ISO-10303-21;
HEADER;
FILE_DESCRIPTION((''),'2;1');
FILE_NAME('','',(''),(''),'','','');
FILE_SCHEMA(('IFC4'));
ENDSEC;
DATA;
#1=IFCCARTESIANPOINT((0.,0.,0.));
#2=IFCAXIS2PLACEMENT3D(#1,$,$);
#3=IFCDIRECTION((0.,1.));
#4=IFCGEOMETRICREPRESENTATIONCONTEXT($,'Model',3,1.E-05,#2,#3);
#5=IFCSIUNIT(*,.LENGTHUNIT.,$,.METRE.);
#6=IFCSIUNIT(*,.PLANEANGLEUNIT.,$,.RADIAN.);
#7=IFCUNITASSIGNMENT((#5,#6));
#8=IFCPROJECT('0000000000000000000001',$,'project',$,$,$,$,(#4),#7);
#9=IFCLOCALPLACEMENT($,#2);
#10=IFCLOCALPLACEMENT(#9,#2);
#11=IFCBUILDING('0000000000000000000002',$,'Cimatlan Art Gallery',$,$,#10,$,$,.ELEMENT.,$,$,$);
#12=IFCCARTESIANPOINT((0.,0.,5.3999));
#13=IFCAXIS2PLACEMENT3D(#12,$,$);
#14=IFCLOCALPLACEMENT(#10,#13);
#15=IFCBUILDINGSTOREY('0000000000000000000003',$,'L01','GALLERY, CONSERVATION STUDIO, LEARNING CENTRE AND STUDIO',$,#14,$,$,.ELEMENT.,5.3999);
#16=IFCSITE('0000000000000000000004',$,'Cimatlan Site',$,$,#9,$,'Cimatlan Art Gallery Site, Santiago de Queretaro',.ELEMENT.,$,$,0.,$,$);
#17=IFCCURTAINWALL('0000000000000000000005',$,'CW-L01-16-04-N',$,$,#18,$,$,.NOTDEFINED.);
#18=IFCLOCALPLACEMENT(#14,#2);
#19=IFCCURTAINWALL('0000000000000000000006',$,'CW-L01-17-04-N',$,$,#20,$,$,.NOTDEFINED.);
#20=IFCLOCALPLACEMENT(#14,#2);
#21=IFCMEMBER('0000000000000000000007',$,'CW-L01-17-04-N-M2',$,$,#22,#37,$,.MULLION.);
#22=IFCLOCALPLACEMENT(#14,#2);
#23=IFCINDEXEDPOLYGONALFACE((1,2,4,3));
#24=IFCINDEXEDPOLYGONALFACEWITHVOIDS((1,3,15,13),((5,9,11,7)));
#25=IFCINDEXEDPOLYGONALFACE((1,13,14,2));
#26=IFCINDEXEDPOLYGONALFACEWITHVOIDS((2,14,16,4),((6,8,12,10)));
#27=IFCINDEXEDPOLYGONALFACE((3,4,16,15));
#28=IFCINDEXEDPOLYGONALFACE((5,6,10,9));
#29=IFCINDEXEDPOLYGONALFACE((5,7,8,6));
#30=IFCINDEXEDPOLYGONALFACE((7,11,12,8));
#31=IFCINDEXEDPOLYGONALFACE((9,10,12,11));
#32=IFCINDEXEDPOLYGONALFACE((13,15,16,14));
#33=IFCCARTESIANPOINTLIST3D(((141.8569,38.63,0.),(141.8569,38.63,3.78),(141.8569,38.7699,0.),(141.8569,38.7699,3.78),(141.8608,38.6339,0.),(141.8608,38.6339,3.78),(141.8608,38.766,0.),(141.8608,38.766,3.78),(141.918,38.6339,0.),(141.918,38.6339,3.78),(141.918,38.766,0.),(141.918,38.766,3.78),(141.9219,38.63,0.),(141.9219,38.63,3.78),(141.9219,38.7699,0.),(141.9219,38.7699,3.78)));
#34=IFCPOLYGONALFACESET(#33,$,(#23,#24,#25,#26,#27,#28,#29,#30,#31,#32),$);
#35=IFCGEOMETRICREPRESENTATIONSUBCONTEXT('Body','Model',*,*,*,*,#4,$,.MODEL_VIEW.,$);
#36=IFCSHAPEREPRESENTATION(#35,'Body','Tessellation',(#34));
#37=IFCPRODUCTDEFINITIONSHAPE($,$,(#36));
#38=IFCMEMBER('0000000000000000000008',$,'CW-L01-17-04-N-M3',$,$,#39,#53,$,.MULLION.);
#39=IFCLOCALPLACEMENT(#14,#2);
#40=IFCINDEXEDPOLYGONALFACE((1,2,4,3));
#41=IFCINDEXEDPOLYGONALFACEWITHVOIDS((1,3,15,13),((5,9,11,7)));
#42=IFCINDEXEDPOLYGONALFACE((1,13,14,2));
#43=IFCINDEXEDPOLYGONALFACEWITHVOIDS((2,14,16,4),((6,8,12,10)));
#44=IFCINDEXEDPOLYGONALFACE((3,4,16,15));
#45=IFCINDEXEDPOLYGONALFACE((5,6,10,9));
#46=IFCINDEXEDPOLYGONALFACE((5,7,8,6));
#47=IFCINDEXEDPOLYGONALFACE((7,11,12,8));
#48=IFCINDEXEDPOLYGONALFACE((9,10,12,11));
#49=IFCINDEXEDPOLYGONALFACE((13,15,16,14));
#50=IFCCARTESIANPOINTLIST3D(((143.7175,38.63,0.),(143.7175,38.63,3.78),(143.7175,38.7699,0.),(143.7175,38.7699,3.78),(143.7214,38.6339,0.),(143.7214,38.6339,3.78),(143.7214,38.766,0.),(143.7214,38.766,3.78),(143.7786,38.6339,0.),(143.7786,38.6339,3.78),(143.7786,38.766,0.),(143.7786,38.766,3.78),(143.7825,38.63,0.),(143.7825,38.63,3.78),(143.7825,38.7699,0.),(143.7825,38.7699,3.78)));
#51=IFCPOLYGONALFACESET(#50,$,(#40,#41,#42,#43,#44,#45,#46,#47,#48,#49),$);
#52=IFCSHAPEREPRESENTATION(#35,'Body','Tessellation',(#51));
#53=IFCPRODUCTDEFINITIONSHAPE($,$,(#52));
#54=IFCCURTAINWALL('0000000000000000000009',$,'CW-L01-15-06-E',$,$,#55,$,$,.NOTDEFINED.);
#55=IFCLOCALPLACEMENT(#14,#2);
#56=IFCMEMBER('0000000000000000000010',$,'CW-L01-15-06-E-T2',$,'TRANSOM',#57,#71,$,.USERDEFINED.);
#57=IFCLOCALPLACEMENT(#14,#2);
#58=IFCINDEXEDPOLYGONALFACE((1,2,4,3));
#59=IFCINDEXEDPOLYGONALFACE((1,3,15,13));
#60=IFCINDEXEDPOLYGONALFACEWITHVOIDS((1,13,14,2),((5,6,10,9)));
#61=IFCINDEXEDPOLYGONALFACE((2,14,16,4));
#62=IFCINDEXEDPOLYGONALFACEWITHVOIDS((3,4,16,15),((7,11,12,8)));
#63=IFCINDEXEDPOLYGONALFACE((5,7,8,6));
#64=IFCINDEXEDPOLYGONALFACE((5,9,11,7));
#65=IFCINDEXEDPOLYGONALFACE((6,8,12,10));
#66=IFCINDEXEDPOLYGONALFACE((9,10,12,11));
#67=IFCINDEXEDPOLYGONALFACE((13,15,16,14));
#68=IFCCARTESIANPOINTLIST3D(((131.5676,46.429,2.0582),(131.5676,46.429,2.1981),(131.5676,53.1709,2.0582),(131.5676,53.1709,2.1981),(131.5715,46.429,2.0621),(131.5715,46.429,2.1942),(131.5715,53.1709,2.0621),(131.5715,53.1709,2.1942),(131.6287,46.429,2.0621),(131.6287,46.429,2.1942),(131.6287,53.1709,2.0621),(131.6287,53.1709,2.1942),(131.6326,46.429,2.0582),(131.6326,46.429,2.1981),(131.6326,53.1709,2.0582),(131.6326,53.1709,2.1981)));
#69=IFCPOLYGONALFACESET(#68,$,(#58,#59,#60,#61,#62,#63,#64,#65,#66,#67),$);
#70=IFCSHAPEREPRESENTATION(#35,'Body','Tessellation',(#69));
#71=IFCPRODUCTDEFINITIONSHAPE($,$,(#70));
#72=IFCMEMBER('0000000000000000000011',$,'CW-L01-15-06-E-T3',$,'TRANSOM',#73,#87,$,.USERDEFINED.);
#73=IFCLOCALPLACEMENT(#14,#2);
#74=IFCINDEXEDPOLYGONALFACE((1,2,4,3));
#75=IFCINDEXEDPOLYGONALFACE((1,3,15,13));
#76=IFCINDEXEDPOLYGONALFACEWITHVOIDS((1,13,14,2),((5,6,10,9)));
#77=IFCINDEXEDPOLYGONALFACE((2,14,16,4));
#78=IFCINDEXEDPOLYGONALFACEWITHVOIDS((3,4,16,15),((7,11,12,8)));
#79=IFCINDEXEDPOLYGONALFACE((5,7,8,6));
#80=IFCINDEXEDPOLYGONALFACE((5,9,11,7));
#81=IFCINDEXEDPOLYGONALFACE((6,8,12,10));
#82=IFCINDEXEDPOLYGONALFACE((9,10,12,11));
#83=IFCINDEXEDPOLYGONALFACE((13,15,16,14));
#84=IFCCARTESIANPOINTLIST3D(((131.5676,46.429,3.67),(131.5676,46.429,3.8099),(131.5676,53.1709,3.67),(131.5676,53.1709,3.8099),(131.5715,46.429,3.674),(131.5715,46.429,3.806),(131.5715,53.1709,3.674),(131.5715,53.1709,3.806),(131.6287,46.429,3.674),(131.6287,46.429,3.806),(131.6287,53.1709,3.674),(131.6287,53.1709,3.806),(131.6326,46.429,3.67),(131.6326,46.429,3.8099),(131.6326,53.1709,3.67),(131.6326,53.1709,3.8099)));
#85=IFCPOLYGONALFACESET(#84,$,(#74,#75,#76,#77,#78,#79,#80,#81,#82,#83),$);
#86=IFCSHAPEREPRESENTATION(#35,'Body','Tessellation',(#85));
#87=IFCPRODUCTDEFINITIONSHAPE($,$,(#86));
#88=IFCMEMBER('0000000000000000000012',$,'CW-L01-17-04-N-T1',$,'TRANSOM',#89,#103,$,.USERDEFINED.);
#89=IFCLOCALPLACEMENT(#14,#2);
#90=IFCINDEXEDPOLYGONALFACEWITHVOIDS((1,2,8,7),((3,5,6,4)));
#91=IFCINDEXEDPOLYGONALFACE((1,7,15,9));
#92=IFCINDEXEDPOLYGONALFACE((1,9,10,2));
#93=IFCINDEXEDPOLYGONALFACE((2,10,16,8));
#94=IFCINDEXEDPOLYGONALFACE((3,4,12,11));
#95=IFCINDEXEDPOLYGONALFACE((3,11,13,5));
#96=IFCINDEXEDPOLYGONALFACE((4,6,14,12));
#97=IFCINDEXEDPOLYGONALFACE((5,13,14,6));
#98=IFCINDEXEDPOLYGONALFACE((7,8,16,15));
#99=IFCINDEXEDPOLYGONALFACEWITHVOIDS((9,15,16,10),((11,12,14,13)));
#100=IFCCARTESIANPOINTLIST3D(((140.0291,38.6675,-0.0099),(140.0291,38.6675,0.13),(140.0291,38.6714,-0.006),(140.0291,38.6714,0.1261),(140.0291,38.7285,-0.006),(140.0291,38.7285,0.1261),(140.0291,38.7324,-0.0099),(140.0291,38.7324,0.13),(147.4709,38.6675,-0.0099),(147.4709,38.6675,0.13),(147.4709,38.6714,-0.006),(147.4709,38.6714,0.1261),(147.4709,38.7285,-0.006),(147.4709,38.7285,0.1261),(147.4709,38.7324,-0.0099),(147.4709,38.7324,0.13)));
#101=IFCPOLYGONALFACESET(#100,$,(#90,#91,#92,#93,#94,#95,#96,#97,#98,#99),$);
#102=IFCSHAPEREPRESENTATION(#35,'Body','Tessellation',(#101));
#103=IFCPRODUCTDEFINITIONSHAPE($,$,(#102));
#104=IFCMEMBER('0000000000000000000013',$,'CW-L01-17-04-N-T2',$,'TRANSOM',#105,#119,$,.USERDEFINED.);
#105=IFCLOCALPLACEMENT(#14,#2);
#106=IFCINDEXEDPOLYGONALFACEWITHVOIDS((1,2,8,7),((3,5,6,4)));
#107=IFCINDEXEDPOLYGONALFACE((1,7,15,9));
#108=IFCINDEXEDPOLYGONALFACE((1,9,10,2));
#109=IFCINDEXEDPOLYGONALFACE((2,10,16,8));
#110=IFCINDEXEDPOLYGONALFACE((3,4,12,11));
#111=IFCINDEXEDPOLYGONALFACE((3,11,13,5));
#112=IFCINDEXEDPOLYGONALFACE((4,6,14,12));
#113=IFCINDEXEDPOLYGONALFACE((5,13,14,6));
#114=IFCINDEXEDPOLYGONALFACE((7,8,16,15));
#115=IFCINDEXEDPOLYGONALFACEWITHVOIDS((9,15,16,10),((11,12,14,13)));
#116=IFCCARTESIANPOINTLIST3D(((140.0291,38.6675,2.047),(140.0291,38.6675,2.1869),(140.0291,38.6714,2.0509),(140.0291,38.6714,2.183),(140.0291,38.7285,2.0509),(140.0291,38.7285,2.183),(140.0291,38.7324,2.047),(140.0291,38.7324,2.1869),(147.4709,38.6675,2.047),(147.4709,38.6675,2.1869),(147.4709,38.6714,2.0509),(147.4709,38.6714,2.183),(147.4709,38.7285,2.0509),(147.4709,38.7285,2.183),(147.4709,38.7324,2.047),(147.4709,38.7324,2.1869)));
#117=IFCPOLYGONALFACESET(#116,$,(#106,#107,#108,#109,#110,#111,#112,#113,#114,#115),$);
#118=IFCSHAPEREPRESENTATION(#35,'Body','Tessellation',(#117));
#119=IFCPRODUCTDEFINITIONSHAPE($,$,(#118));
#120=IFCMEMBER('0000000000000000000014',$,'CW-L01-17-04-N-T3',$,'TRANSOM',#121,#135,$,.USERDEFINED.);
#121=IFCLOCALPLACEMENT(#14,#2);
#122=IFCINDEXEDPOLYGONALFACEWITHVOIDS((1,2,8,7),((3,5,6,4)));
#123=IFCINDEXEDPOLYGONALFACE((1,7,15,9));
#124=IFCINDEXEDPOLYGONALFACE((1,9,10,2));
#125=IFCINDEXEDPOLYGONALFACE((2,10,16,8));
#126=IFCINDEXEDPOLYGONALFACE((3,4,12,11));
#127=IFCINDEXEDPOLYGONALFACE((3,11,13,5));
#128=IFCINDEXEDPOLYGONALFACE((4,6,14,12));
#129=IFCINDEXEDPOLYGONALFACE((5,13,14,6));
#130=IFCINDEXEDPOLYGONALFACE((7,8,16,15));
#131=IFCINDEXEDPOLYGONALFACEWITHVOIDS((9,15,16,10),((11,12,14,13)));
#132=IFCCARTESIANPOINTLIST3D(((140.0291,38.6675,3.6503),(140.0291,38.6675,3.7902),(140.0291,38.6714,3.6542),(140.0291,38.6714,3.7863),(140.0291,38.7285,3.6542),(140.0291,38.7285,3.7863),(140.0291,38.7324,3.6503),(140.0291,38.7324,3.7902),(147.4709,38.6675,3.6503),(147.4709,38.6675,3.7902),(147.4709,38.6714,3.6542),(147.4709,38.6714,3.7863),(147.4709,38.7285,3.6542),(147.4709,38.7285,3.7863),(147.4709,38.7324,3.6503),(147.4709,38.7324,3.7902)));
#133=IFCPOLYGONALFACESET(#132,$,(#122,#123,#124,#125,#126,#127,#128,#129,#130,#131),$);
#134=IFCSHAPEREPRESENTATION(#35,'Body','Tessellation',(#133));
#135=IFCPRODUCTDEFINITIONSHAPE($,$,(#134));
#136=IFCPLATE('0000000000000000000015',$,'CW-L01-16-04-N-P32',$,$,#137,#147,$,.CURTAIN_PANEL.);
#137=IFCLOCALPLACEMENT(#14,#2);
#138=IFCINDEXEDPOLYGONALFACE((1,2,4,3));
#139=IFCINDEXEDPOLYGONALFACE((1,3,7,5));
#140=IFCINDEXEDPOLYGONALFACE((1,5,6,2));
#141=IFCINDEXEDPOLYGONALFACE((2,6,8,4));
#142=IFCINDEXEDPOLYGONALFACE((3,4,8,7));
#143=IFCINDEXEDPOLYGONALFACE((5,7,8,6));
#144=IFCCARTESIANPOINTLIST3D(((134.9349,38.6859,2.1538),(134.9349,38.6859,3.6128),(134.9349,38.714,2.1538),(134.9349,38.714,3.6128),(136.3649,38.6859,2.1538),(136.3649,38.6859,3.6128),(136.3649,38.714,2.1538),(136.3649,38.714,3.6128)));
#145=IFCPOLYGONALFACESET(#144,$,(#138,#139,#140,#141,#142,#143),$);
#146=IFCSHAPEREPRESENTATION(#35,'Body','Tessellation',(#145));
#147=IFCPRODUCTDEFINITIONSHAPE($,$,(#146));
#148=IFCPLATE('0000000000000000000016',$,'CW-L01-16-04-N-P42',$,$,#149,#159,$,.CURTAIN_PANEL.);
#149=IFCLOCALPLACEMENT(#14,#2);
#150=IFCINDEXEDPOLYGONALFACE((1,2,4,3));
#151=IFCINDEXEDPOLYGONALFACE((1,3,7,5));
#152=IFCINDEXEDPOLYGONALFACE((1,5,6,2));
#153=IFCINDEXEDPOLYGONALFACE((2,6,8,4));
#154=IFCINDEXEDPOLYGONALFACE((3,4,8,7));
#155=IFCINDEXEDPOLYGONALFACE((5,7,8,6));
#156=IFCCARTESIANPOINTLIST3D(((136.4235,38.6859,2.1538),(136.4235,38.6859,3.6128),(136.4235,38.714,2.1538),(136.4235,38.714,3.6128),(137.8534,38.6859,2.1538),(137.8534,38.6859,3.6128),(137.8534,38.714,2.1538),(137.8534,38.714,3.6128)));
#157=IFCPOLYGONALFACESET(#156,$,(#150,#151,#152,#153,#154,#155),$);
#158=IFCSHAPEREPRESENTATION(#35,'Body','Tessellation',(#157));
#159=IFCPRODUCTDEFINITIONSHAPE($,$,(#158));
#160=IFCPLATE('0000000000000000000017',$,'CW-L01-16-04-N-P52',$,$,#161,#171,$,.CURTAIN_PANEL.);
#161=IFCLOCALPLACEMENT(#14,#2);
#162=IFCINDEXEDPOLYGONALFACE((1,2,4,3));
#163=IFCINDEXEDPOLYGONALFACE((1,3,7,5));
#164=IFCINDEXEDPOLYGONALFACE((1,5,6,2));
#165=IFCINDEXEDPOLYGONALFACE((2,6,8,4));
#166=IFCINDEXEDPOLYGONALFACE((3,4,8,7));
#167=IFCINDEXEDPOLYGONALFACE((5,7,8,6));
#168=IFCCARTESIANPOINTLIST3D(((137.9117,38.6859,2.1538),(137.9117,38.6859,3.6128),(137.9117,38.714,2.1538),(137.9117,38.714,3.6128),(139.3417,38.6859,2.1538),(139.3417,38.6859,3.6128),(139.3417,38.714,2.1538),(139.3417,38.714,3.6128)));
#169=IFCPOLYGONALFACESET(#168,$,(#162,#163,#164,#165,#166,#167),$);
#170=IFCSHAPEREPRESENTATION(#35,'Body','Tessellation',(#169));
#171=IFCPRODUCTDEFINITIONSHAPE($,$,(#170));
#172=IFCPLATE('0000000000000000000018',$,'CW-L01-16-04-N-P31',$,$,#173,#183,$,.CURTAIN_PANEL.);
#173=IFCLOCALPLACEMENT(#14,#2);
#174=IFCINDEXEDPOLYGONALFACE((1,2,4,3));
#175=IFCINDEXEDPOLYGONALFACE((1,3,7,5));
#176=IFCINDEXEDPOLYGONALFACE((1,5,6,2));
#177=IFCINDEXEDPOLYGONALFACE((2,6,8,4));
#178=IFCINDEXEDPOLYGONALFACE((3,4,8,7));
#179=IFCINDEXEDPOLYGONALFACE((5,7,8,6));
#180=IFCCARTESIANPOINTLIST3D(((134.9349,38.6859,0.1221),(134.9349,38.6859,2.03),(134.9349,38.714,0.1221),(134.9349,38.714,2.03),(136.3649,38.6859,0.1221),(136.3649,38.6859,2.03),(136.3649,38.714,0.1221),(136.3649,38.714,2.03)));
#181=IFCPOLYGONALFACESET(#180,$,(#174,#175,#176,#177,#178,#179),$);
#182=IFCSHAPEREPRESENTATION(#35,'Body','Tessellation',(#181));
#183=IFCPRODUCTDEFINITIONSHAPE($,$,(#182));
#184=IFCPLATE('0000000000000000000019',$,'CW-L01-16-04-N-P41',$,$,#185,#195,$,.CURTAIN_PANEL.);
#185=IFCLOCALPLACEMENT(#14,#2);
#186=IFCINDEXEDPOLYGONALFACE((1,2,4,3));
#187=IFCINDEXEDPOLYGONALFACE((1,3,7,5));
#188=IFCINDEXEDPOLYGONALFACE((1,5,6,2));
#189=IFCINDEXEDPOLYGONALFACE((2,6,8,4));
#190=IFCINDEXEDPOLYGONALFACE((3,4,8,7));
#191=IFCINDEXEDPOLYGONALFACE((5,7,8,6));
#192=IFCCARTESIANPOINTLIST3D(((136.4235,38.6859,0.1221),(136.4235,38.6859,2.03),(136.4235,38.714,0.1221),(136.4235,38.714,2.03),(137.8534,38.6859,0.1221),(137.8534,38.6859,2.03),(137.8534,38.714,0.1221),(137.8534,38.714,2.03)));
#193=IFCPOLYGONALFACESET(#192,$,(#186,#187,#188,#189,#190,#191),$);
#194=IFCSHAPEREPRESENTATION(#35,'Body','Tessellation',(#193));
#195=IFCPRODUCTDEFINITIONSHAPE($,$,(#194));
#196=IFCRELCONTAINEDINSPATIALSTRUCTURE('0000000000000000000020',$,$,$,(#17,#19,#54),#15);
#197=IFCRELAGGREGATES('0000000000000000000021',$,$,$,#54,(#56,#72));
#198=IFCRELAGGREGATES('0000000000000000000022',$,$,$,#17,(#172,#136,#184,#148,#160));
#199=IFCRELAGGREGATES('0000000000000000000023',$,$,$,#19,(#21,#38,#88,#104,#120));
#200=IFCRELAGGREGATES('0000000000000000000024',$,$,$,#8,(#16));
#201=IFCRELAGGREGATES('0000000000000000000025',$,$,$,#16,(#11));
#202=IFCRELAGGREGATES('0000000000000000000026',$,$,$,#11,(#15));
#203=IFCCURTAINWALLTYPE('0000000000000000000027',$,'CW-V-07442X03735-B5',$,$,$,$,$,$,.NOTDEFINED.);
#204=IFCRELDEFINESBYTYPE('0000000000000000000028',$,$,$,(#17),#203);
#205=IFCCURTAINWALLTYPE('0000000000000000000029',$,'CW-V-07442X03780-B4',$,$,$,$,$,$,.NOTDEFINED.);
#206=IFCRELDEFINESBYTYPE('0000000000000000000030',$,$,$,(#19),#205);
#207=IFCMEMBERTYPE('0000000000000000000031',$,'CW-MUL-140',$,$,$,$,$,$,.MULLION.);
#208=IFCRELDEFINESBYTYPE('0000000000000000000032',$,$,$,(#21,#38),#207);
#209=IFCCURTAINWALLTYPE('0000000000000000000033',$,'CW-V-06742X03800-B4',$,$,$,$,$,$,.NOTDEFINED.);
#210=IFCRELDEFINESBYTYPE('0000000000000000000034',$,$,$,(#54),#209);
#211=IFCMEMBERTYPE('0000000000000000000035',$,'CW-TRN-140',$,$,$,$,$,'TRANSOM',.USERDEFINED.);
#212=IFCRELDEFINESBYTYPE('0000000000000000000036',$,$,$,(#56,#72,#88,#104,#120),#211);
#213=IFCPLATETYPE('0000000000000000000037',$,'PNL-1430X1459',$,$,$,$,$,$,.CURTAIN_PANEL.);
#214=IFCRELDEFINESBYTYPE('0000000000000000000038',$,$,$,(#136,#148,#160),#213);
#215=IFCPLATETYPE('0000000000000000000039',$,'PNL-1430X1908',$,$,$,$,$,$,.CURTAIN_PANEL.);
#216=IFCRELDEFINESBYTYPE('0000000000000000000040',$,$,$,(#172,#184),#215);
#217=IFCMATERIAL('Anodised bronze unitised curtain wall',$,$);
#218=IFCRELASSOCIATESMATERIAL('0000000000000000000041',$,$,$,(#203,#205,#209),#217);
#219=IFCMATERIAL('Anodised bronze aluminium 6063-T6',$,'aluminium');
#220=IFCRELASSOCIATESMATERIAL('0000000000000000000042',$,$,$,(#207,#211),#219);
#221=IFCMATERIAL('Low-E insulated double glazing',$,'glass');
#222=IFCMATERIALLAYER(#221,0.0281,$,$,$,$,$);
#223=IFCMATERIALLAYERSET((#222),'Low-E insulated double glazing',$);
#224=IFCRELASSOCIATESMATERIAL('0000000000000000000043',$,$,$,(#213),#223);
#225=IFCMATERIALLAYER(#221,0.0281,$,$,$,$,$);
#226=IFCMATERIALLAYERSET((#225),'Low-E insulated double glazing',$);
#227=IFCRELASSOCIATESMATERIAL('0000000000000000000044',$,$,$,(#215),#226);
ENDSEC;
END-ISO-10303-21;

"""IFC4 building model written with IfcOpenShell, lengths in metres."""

from ifc_helpers import new_model, si_unit, direction, frame, origin, origin_2d, place, context, subcontext, project, spatial, rectangle, hollow_rectangle, extrude, material, layer, layer_set, material_profile, profile_set, type_object, element, aggregate, save


model = new_model("IFC4")

# Units and contexts
model_context = context("Model", 3, precision=1e-05, world=origin(), true_north=direction((0.0, 1.0)))
body_context = subcontext(model_context, "Body", "Model", "MODEL_VIEW")
ifc_project = project(units=[si_unit("LENGTHUNIT", "METRE"), si_unit("PLANEANGLEUNIT", "RADIAN")], contexts=[model_context])

# Site, building, storey
site_placement = place(None, origin())
site = spatial("IfcSite", under=ifc_project, at=site_placement, Name="Cimatlan Site", LongName="Cimatlan Art Gallery Site, Santiago de Queretaro", CompositionType="ELEMENT", RefElevation=0.0)
building_placement = place(site_placement, origin())
building = spatial("IfcBuilding", under=site, at=building_placement, Name="Cimatlan Art Gallery", CompositionType="ELEMENT")
storey_placement = place(building_placement, frame((0.0, 0.0, 5.3999)))
storey = spatial("IfcBuildingStorey", under=building, at=storey_placement, Name="L01", Description="GALLERY, CONSERVATION STUDIO, LEARNING CENTRE AND STUDIO", CompositionType="ELEMENT", Elevation=5.3999)

# Curtain walls, members
ifc_material_1 = material(Name="Anodised bronze unitised curtain wall")
curtain_wall_type_1 = type_object("IfcCurtainWallType", Name="CW-V-07442X03735-B5", PredefinedType="NOTDEFINED", material=ifc_material_1)
curtain_wall_1_placement = place(storey_placement, origin())
curtain_wall_1 = element("IfcCurtainWall", 1, at=curtain_wall_1_placement, inside=storey, type_object=curtain_wall_type_1, Name="CW-L01-16-04-N", PredefinedType="NOTDEFINED")
ifc_material_2 = material(Name="Anodised bronze aluminium 6063-T6", Category="aluminium")
ifc_material_profile_1 = material_profile(ifc_material_2, hollow_rectangle(XDim=0.0649, YDim=0.1399, WallThickness=0.0039, at=origin_2d()), Name="ALU65X140X4")
ifc_profile_set_1 = profile_set([ifc_material_profile_1], Name="Anodised bronze aluminium 6063-T6")
member_type_1 = type_object("IfcMemberType", Name="CW-MUL-140", PredefinedType="MULLION", material=ifc_profile_set_1)
curtain_wall_type_2 = type_object("IfcCurtainWallType", Name="CW-V-07442X03780-B4", PredefinedType="NOTDEFINED", material=ifc_material_1)
curtain_wall_2_placement = place(storey_placement, origin())
curtain_wall_2 = element("IfcCurtainWall", 2, at=curtain_wall_2_placement, inside=storey, type_object=curtain_wall_type_2, Name="CW-L01-17-04-N", PredefinedType="NOTDEFINED")
member_1_placement = place(storey_placement, frame((141.8894, 38.7, 0.0), z_axis=(0.0, 0.0, 1.0), x_axis=(1.0, 0.0, 0.0)))
member_1 = element("IfcMember", 3, at=member_1_placement, type_object=member_type_1, Name="CW-L01-17-04-N-M2", PredefinedType="MULLION", context=body_context, shape_type="SweptSolid", body=[
    extrude(hollow_rectangle(XDim=0.0649, YDim=0.1399, WallThickness=0.0039, at=origin_2d()), origin(), (0.0, 0.0, 1.0), 3.78),
])
member_2_placement = place(storey_placement, frame((143.75, 38.7, 0.0), z_axis=(0.0, 0.0, 1.0), x_axis=(1.0, 0.0, 0.0)))
member_2 = element("IfcMember", 4, at=member_2_placement, type_object=member_type_1, Name="CW-L01-17-04-N-M3", PredefinedType="MULLION", context=body_context, shape_type="SweptSolid", body=[
    extrude(hollow_rectangle(XDim=0.0649, YDim=0.1399, WallThickness=0.0039, at=origin_2d()), origin(), (0.0, 0.0, 1.0), 3.78),
])
curtain_wall_type_3 = type_object("IfcCurtainWallType", Name="CW-V-06742X03800-B4", PredefinedType="NOTDEFINED", material=ifc_material_1)
curtain_wall_3_placement = place(storey_placement, origin())
curtain_wall_3 = element("IfcCurtainWall", 5, at=curtain_wall_3_placement, inside=storey, type_object=curtain_wall_type_3, Name="CW-L01-15-06-E", PredefinedType="NOTDEFINED")
ifc_material_profile_2 = material_profile(ifc_material_2, hollow_rectangle(XDim=0.0649, YDim=0.1399, WallThickness=0.0039, at=origin_2d()), Name="ALU65X140X4")
ifc_profile_set_2 = profile_set([ifc_material_profile_2], Name="Anodised bronze aluminium 6063-T6")
member_type_2 = type_object("IfcMemberType", Name="CW-TRN-140", ElementType="TRANSOM", PredefinedType="USERDEFINED", material=ifc_profile_set_2)
member_3_placement = place(storey_placement, frame((131.6001, 53.1709, 2.1282), z_axis=(0.0, -1.0, 0.0), x_axis=(1.0, 0.0, 0.0)))
member_3 = element("IfcMember", 6, at=member_3_placement, type_object=member_type_2, Name="CW-L01-15-06-E-T2", ObjectType="TRANSOM", PredefinedType="USERDEFINED", context=body_context, shape_type="SweptSolid", body=[
    extrude(hollow_rectangle(XDim=0.0649, YDim=0.1399, WallThickness=0.0039, at=origin_2d()), origin(), (0.0, 0.0, 1.0), 6.7419),
])
member_4_placement = place(storey_placement, frame((131.6001, 53.1709, 3.74), z_axis=(0.0, -1.0, 0.0), x_axis=(1.0, 0.0, 0.0)))
member_4 = element("IfcMember", 7, at=member_4_placement, type_object=member_type_2, Name="CW-L01-15-06-E-T3", ObjectType="TRANSOM", PredefinedType="USERDEFINED", context=body_context, shape_type="SweptSolid", body=[
    extrude(hollow_rectangle(XDim=0.0649, YDim=0.1399, WallThickness=0.0039, at=origin_2d()), origin(), (0.0, 0.0, 1.0), 6.7419),
])
aggregate(curtain_wall_3, [member_3, member_4])

# Members
member_5_placement = place(storey_placement, frame((140.0291, 38.7, 0.0601), z_axis=(1.0, 0.0, 0.0), x_axis=(0.0, 1.0, 0.0)))
member_5 = element("IfcMember", 8, at=member_5_placement, type_object=member_type_2, Name="CW-L01-17-04-N-T1", ObjectType="TRANSOM", PredefinedType="USERDEFINED", context=body_context, shape_type="SweptSolid", body=[
    extrude(hollow_rectangle(XDim=0.0649, YDim=0.1399, WallThickness=0.0039, at=origin_2d()), origin(), (0.0, 0.0, 1.0), 7.4419),
])
member_6_placement = place(storey_placement, frame((140.0291, 38.7, 2.1169), z_axis=(1.0, 0.0, 0.0), x_axis=(0.0, 1.0, 0.0)))
member_6 = element("IfcMember", 9, at=member_6_placement, type_object=member_type_2, Name="CW-L01-17-04-N-T2", ObjectType="TRANSOM", PredefinedType="USERDEFINED", context=body_context, shape_type="SweptSolid", body=[
    extrude(hollow_rectangle(XDim=0.0649, YDim=0.1399, WallThickness=0.0039, at=origin_2d()), origin(), (0.0, 0.0, 1.0), 7.4419),
])
member_7_placement = place(storey_placement, frame((140.0291, 38.7, 3.7202), z_axis=(1.0, 0.0, 0.0), x_axis=(0.0, 1.0, 0.0)))
member_7 = element("IfcMember", 10, at=member_7_placement, type_object=member_type_2, Name="CW-L01-17-04-N-T3", ObjectType="TRANSOM", PredefinedType="USERDEFINED", context=body_context, shape_type="SweptSolid", body=[
    extrude(hollow_rectangle(XDim=0.0649, YDim=0.1399, WallThickness=0.0039, at=origin_2d()), origin(), (0.0, 0.0, 1.0), 7.4419),
])

# Plates
ifc_material_3 = material(Name="Low-E insulated double glazing", Category="glass")
ifc_layer_1 = layer(ifc_material_3, 0.0281)
ifc_layer_set_1 = layer_set([ifc_layer_1], Name="Low-E insulated double glazing")
plate_type_1 = type_object("IfcPlateType", Name="PNL-1430X1459", PredefinedType="CURTAIN_PANEL", material=ifc_layer_set_1)
plate_1_placement = place(storey_placement, frame((135.6499, 38.7, 2.1538), z_axis=(0.0, 0.0, 1.0), x_axis=(1.0, 0.0, 0.0)))
plate_1 = element("IfcPlate", 11, at=plate_1_placement, type_object=plate_type_1, Name="CW-L01-16-04-N-P32", PredefinedType="CURTAIN_PANEL", context=body_context, shape_type="SweptSolid", body=[
    extrude(rectangle(XDim=1.4299, YDim=0.0281, at=origin_2d()), origin(), (0.0, 0.0, 1.0), 1.459),
])
plate_2_placement = place(storey_placement, frame((137.1384, 38.7, 2.1538), z_axis=(0.0, 0.0, 1.0), x_axis=(1.0, 0.0, 0.0)))
plate_2 = element("IfcPlate", 12, at=plate_2_placement, type_object=plate_type_1, Name="CW-L01-16-04-N-P42", PredefinedType="CURTAIN_PANEL", context=body_context, shape_type="SweptSolid", body=[
    extrude(rectangle(XDim=1.4299, YDim=0.0281, at=origin_2d()), origin(), (0.0, 0.0, 1.0), 1.459),
])
plate_3_placement = place(storey_placement, frame((138.6267, 38.7, 2.1538), z_axis=(0.0, 0.0, 1.0), x_axis=(1.0, 0.0, 0.0)))
plate_3 = element("IfcPlate", 13, at=plate_3_placement, type_object=plate_type_1, Name="CW-L01-16-04-N-P52", PredefinedType="CURTAIN_PANEL", context=body_context, shape_type="SweptSolid", body=[
    extrude(rectangle(XDim=1.4299, YDim=0.0281, at=origin_2d()), origin(), (0.0, 0.0, 1.0), 1.459),
])
ifc_layer_2 = layer(ifc_material_3, 0.0281)
ifc_layer_set_2 = layer_set([ifc_layer_2], Name="Low-E insulated double glazing")
plate_type_2 = type_object("IfcPlateType", Name="PNL-1430X1908", PredefinedType="CURTAIN_PANEL", material=ifc_layer_set_2)
plate_4_placement = place(storey_placement, frame((135.6499, 38.7, 0.1221), z_axis=(0.0, 0.0, 1.0), x_axis=(1.0, 0.0, 0.0)))
plate_4 = element("IfcPlate", 14, at=plate_4_placement, type_object=plate_type_2, Name="CW-L01-16-04-N-P31", PredefinedType="CURTAIN_PANEL", context=body_context, shape_type="SweptSolid", body=[
    extrude(rectangle(XDim=1.4299, YDim=0.0281, at=origin_2d()), origin(), (0.0, 0.0, 1.0), 1.908),
])
plate_5_placement = place(storey_placement, frame((137.1384, 38.7, 0.1221), z_axis=(0.0, 0.0, 1.0), x_axis=(1.0, 0.0, 0.0)))
plate_5 = element("IfcPlate", 15, at=plate_5_placement, type_object=plate_type_2, Name="CW-L01-16-04-N-P41", PredefinedType="CURTAIN_PANEL", context=body_context, shape_type="SweptSolid", body=[
    extrude(rectangle(XDim=1.4299, YDim=0.0281, at=origin_2d()), origin(), (0.0, 0.0, 1.0), 1.908),
])
aggregate(curtain_wall_1, [plate_4, plate_1, plate_5, plate_2, plate_3])
aggregate(curtain_wall_2, [member_1, member_2, member_5, member_6, member_7])

save(model, "model.ifc")
